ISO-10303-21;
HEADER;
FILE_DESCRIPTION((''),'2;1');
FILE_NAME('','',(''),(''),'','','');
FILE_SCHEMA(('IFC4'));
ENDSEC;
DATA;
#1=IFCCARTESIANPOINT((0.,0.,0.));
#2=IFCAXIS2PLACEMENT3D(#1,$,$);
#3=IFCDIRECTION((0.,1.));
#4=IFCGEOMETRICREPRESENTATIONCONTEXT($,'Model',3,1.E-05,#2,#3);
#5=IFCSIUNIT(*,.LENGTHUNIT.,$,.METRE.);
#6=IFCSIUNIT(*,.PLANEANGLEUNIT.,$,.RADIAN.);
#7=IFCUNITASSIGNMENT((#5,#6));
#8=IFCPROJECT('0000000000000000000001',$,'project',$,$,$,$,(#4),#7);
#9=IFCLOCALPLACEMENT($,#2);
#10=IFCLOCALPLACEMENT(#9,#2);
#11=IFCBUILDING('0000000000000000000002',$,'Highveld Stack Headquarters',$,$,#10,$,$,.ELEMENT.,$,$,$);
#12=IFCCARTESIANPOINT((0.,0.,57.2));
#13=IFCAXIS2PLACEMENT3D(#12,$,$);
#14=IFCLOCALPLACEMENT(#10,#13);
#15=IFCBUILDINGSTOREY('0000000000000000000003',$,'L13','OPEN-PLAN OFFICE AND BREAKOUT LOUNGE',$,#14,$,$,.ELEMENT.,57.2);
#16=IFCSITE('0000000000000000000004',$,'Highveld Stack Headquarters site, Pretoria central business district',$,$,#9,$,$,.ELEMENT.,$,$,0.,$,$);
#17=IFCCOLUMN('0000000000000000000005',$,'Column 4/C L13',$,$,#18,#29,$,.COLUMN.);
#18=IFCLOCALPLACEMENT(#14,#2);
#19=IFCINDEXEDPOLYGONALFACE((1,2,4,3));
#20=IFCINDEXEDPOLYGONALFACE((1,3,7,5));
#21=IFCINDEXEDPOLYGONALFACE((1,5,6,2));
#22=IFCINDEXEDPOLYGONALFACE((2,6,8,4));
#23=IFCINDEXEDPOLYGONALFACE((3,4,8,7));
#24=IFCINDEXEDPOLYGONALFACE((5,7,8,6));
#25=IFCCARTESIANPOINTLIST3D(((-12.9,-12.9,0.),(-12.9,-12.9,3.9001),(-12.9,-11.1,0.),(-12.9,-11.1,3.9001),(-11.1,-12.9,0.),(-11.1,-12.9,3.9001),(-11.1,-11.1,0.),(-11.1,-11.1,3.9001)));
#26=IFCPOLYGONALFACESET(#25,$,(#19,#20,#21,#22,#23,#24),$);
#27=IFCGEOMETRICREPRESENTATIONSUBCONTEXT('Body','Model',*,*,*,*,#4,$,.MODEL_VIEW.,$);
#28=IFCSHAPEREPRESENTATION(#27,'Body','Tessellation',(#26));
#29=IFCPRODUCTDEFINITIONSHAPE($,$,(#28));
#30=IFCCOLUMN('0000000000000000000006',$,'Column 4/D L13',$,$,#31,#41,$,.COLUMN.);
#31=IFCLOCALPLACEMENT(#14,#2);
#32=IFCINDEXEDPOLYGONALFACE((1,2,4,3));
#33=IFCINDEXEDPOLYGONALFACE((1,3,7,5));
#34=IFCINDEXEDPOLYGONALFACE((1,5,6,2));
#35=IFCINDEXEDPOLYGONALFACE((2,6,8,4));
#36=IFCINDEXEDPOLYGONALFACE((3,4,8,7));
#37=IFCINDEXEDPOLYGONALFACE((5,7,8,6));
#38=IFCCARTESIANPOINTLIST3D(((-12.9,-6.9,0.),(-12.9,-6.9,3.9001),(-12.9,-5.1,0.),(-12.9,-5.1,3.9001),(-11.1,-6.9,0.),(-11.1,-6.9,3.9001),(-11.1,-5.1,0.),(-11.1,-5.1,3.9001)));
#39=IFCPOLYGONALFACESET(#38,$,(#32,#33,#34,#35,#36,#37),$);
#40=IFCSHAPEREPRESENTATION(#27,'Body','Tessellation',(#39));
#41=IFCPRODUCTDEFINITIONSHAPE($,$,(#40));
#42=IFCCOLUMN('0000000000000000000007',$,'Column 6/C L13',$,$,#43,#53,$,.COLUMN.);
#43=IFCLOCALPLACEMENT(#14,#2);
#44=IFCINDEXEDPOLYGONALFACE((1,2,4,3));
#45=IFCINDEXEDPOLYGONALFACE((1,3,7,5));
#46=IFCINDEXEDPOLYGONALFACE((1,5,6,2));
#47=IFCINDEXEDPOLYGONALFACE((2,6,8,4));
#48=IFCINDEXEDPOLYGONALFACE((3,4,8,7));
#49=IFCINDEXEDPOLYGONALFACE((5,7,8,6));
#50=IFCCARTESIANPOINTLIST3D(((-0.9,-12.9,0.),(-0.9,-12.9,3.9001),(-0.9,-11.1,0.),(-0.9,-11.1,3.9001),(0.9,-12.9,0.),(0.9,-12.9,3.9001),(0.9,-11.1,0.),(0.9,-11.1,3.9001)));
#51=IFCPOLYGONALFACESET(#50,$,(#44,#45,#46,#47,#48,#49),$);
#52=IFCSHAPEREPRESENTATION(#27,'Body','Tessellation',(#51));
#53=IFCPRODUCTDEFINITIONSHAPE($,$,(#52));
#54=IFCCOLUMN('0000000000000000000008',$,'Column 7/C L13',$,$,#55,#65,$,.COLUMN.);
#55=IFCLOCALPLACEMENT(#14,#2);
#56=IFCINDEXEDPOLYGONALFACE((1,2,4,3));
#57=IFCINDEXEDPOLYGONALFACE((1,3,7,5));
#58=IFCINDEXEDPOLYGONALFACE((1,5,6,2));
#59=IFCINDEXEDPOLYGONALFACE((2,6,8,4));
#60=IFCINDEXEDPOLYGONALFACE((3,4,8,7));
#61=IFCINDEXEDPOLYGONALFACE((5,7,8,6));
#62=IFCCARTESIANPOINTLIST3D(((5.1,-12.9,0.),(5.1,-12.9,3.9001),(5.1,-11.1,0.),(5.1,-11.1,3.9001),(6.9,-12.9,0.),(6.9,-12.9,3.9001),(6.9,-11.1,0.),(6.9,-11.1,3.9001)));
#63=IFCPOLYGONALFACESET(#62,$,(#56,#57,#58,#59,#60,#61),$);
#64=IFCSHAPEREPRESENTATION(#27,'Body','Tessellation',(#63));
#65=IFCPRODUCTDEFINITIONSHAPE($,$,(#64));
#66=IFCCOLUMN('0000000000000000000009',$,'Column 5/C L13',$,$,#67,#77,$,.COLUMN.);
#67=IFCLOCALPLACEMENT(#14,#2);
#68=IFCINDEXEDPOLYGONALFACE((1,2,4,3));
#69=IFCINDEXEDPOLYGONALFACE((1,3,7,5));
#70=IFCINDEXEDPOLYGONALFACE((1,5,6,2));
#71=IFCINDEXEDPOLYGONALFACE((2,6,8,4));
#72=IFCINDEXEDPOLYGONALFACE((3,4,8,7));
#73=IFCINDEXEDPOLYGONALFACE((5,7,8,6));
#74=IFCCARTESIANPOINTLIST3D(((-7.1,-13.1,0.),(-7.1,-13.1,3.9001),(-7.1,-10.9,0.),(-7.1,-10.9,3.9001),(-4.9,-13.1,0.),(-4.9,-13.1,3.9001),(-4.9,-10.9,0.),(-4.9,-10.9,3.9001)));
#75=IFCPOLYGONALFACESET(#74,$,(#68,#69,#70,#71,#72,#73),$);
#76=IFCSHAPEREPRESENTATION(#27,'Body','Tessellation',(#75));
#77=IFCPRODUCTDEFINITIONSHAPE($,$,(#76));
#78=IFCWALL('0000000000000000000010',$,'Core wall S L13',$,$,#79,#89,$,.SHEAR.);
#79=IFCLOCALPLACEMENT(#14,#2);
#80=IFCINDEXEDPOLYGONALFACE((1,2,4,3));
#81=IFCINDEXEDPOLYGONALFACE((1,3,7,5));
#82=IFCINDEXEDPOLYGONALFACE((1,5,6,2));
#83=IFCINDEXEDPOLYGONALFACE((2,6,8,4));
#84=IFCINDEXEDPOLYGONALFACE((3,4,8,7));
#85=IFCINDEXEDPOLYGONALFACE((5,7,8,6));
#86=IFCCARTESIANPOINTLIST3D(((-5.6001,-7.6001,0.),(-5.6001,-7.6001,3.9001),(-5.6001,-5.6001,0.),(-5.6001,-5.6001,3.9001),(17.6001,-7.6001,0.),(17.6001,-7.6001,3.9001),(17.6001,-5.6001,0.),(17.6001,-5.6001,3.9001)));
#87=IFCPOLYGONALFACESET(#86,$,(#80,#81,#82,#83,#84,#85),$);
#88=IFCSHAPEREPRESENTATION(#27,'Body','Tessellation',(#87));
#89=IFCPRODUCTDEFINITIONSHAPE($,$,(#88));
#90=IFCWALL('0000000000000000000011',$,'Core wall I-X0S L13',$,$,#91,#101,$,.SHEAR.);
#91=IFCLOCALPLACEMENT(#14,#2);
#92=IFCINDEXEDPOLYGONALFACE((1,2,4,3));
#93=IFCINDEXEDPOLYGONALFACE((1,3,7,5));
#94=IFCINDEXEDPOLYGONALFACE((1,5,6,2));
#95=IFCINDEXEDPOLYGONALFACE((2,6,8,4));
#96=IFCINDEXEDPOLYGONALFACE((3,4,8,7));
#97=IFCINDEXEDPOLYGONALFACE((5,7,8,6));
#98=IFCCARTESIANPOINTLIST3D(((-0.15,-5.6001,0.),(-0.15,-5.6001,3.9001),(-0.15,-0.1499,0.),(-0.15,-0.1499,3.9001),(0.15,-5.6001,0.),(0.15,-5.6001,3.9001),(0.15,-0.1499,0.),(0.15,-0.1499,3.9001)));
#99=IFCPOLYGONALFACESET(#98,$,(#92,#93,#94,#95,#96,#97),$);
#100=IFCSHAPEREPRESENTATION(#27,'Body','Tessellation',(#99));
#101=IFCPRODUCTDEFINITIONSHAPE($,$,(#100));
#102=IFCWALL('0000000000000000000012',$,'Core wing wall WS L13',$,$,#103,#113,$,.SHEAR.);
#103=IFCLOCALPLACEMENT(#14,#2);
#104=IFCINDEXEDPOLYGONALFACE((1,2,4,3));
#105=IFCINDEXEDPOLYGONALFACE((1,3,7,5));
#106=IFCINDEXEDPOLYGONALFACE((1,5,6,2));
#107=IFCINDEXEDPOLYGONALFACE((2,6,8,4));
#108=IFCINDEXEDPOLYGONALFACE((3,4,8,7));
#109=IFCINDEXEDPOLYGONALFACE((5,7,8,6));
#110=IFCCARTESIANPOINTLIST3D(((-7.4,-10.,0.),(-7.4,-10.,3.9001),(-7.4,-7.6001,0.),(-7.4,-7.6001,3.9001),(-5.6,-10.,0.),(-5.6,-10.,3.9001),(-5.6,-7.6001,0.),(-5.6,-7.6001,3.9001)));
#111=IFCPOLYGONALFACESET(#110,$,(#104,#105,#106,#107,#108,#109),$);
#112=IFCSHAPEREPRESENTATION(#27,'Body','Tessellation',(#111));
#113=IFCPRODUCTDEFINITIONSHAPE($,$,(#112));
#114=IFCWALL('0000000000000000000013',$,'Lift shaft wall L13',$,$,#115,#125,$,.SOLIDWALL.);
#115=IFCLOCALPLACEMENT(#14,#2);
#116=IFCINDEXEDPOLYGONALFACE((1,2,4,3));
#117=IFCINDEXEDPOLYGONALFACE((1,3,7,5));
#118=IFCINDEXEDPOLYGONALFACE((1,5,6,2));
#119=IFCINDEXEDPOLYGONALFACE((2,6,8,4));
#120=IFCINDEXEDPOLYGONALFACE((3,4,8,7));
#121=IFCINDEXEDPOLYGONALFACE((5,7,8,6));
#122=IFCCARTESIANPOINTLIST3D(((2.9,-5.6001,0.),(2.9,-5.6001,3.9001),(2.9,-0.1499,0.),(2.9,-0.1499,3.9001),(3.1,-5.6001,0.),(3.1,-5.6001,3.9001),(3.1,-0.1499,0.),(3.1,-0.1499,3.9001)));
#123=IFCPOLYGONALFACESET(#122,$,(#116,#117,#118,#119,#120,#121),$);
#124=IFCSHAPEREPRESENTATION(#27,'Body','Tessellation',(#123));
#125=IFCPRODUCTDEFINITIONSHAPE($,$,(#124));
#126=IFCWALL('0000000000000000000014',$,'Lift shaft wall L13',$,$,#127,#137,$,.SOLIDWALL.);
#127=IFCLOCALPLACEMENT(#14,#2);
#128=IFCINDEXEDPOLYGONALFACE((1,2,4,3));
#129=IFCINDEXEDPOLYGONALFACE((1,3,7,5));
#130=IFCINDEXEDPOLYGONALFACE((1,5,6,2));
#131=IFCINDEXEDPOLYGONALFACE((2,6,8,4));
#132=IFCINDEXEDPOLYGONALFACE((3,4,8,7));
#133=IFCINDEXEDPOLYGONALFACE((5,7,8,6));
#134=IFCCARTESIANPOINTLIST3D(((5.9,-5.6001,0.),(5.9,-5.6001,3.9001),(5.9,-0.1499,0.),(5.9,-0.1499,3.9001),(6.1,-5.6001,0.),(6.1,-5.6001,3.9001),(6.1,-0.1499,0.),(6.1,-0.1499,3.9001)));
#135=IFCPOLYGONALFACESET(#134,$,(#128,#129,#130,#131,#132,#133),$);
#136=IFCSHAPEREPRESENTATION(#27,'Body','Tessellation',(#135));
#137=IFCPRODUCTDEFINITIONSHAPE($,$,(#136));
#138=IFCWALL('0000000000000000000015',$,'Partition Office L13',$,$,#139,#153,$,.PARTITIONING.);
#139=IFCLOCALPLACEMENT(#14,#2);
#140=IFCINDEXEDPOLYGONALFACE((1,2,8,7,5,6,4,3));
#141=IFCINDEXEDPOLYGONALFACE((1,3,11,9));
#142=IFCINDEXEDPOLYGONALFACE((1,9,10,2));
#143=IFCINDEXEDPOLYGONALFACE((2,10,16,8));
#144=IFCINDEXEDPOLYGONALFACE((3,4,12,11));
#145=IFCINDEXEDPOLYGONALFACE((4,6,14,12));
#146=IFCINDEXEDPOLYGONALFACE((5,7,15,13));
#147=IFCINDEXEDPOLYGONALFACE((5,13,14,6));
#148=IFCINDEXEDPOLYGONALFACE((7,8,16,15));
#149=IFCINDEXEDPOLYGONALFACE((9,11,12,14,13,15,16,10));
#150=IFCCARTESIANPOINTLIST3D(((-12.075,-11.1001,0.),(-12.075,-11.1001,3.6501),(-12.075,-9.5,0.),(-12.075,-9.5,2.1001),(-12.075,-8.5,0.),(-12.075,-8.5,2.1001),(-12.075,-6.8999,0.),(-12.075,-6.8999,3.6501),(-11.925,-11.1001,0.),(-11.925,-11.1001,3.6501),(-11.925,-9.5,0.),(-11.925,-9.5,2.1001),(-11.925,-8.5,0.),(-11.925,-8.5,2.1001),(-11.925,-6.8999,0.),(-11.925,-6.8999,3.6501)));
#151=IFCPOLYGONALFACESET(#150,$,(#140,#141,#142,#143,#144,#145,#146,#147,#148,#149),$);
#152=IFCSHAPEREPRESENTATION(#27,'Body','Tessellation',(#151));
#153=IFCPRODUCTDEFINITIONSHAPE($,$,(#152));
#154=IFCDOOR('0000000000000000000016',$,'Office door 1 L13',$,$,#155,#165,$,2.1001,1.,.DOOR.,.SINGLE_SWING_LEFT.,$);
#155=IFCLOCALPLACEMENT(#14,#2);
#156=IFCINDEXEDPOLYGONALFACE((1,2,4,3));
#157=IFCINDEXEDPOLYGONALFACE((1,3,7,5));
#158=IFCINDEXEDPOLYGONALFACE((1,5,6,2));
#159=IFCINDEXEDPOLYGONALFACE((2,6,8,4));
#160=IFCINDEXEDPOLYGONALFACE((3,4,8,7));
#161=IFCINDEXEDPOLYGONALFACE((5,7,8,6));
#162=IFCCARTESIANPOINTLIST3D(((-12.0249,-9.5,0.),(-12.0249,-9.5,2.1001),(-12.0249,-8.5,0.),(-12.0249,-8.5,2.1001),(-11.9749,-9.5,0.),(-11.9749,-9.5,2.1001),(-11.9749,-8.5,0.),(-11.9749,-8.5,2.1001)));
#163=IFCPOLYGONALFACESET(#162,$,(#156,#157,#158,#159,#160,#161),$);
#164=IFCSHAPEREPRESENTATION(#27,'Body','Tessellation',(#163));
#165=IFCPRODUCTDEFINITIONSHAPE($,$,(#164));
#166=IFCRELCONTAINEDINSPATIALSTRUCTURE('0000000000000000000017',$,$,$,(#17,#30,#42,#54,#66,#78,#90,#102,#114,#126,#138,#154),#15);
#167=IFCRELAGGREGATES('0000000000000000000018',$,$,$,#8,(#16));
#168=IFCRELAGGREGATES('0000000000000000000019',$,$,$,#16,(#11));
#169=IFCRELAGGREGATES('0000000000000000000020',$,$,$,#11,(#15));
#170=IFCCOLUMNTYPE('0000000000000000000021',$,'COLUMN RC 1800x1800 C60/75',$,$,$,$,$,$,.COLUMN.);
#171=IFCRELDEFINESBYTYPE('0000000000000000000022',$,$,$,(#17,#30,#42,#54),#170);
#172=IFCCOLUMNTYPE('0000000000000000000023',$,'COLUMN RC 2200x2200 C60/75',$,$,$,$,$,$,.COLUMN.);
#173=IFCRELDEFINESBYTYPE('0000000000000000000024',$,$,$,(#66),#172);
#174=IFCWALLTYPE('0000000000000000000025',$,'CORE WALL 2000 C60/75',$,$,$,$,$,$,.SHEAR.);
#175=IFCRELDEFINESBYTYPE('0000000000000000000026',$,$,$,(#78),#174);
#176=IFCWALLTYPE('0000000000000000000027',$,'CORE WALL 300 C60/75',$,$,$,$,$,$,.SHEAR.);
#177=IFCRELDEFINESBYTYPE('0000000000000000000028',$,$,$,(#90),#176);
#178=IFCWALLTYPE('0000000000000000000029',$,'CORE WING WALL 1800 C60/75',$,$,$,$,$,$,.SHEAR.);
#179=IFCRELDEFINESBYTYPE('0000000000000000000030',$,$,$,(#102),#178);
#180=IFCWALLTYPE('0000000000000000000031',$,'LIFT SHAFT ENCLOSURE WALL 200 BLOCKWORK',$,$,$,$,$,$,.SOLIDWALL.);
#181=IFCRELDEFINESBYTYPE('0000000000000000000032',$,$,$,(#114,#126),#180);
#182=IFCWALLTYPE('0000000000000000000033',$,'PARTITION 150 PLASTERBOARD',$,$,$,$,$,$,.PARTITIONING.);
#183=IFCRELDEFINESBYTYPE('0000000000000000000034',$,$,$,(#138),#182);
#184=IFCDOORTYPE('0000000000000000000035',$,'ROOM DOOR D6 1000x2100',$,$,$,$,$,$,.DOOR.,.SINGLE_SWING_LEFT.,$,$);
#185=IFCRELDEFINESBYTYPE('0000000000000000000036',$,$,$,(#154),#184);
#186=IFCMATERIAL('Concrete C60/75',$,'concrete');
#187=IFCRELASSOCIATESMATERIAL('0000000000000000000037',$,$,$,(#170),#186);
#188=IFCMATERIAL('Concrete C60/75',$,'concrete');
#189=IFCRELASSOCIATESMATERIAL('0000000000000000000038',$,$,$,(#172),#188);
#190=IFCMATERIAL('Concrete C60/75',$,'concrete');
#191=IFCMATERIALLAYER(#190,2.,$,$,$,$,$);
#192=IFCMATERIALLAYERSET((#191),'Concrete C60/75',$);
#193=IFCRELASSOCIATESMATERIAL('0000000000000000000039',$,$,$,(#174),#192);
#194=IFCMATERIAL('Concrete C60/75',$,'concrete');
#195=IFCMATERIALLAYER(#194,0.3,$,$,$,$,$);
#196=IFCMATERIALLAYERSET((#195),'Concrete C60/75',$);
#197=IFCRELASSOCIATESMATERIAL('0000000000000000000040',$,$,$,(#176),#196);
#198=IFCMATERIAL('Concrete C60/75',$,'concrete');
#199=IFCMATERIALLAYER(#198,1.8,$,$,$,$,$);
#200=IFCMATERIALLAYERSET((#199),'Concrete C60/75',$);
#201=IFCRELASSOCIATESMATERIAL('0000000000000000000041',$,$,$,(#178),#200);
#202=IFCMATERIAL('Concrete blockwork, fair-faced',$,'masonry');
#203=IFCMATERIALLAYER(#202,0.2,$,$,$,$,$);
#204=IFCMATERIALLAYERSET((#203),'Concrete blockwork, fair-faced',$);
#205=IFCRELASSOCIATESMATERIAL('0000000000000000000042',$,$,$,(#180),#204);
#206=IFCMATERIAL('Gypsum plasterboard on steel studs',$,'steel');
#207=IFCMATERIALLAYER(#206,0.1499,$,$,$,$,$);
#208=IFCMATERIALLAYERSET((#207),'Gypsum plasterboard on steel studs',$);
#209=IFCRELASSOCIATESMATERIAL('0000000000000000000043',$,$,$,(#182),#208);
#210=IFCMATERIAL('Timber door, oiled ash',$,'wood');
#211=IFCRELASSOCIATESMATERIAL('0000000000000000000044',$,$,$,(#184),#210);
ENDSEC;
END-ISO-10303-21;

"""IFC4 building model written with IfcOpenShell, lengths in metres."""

from ifc_helpers import new_model, si_unit, direction, frame, frame_2d, origin, origin_2d, place, context, subcontext, project, spatial, rectangle, extrude, material, layer, layer_set, material_profile, profile_set, type_object, element, fill, save


model = new_model("IFC4")

# Units and contexts
model_context = context("Model", 3, precision=1e-05, world=origin(), true_north=direction((0.0, 1.0)))
body_context = subcontext(model_context, "Body", "Model", "MODEL_VIEW")
ifc_project = project(units=[si_unit("LENGTHUNIT", "METRE"), si_unit("PLANEANGLEUNIT", "RADIAN")], contexts=[model_context])

# Site, building, storey
site_placement = place(None, origin())
site = spatial("IfcSite", under=ifc_project, at=site_placement, Name="Highveld Stack Headquarters site, Pretoria central business district", CompositionType="ELEMENT", RefElevation=0.0)
building_placement = place(site_placement, origin())
building = spatial("IfcBuilding", under=site, at=building_placement, Name="Highveld Stack Headquarters", CompositionType="ELEMENT")
storey_placement = place(building_placement, frame((0.0, 0.0, 57.2)))
storey = spatial("IfcBuildingStorey", under=building, at=storey_placement, Name="L13", Description="OPEN-PLAN OFFICE AND BREAKOUT LOUNGE", CompositionType="ELEMENT", Elevation=57.2)

# Columns
ifc_material_1 = material(Name="Concrete C60/75", Category="concrete")
ifc_material_profile_1 = material_profile(ifc_material_1, rectangle(XDim=1.8, YDim=1.8, at=origin_2d()), Name="RC 1800x1800")
ifc_profile_set_1 = profile_set([ifc_material_profile_1], Name="Concrete C60/75")
column_type_1 = type_object("IfcColumnType", Name="COLUMN RC 1800x1800 C60/75", PredefinedType="COLUMN", material=ifc_profile_set_1)
for number, where, z_axis, x_axis, name in (
    (1, (-12.0, -12.0, 0.0), (0.0, 0.0, 1.0), (1.0, 0.0, 0.0), "Column 4/C L13"),
    (2, (-12.0, -6.0, 0.0), (0.0, 0.0, 1.0), (1.0, 0.0, 0.0), "Column 4/D L13"),
    (3, (0.0, -12.0, 0.0), (0.0, 0.0, 1.0), (1.0, 0.0, 0.0), "Column 6/C L13"),
    (4, (6.0, -12.0, 0.0), (0.0, 0.0, 1.0), (1.0, 0.0, 0.0), "Column 7/C L13"),
):
    element("IfcColumn", number, at=place(storey_placement, frame(where, z_axis=z_axis, x_axis=x_axis)), inside=storey, type_object=column_type_1, Name=name, PredefinedType="COLUMN", context=body_context, shape_type="SweptSolid", body=[
        extrude(rectangle(XDim=1.8, YDim=1.8, at=origin_2d()), origin(), (0.0, 0.0, 1.0), 3.9001),
    ])
ifc_material_2 = material(Name="Concrete C60/75", Category="concrete")
ifc_material_profile_2 = material_profile(ifc_material_2, rectangle(XDim=2.2, YDim=2.2, at=origin_2d()), Name="RC 2200x2200")
ifc_profile_set_2 = profile_set([ifc_material_profile_2], Name="Concrete C60/75")
column_type_2 = type_object("IfcColumnType", Name="COLUMN RC 2200x2200 C60/75", PredefinedType="COLUMN", material=ifc_profile_set_2)
column_placement = place(storey_placement, frame((-6.0, -12.0, 0.0), z_axis=(0.0, 0.0, 1.0), x_axis=(1.0, 0.0, 0.0)))
element("IfcColumn", 5, at=column_placement, inside=storey, type_object=column_type_2, Name="Column 5/C L13", PredefinedType="COLUMN", context=body_context, shape_type="SweptSolid", body=[
    extrude(rectangle(XDim=2.2, YDim=2.2, at=origin_2d()), origin(), (0.0, 0.0, 1.0), 3.9001),
])

# Walls
ifc_material_3 = material(Name="Concrete C60/75", Category="concrete")
ifc_layer_1 = layer(ifc_material_3, 2.0)
ifc_layer_set_1 = layer_set([ifc_layer_1], Name="Concrete C60/75")
wall_type_1 = type_object("IfcWallType", Name="CORE WALL 2000 C60/75", PredefinedType="SHEAR", material=ifc_layer_set_1)
wall_1_placement = place(storey_placement, frame((-5.6001, -6.6001, 0.0), z_axis=(0.0, 0.0, 1.0), x_axis=(1.0, 0.0, 0.0)))
element("IfcWall", 6, at=wall_1_placement, inside=storey, type_object=wall_type_1, Name="Core wall S L13", PredefinedType="SHEAR", context=body_context, shape_type="SweptSolid", body=[
    extrude(rectangle(XDim=23.2002, YDim=2.0, at=frame_2d((11.6001, 0.0))), origin(), (0.0, 0.0, 1.0), 3.9001),
])
ifc_material_4 = material(Name="Concrete C60/75", Category="concrete")
ifc_layer_2 = layer(ifc_material_4, 0.3)
ifc_layer_set_2 = layer_set([ifc_layer_2], Name="Concrete C60/75")
wall_type_2 = type_object("IfcWallType", Name="CORE WALL 300 C60/75", PredefinedType="SHEAR", material=ifc_layer_set_2)
wall_2_placement = place(storey_placement, frame((0.0, -5.6001, 0.0), z_axis=(0.0, 0.0, 1.0), x_axis=(0.0, 1.0, 0.0)))
element("IfcWall", 7, at=wall_2_placement, inside=storey, type_object=wall_type_2, Name="Core wall I-X0S L13", PredefinedType="SHEAR", context=body_context, shape_type="SweptSolid", body=[
    extrude(rectangle(XDim=5.4502, YDim=0.3, at=frame_2d((2.7251, 0.0))), origin(), (0.0, 0.0, 1.0), 3.9001),
])
ifc_material_5 = material(Name="Concrete C60/75", Category="concrete")
ifc_layer_3 = layer(ifc_material_5, 1.8)
ifc_layer_set_3 = layer_set([ifc_layer_3], Name="Concrete C60/75")
wall_type_3 = type_object("IfcWallType", Name="CORE WING WALL 1800 C60/75", PredefinedType="SHEAR", material=ifc_layer_set_3)
wall_3_placement = place(storey_placement, frame((-6.5, -10.0, 0.0), z_axis=(0.0, 0.0, 1.0), x_axis=(0.0, 1.0, 0.0)))
element("IfcWall", 8, at=wall_3_placement, inside=storey, type_object=wall_type_3, Name="Core wing wall WS L13", PredefinedType="SHEAR", context=body_context, shape_type="SweptSolid", body=[
    extrude(rectangle(XDim=2.3999, YDim=1.8, at=frame_2d((1.2, 0.0))), origin(), (0.0, 0.0, 1.0), 3.9001),
])
ifc_material_6 = material(Name="Concrete blockwork, fair-faced", Category="masonry")
ifc_layer_4 = layer(ifc_material_6, 0.2)
ifc_layer_set_4 = layer_set([ifc_layer_4], Name="Concrete blockwork, fair-faced")
wall_type_4 = type_object("IfcWallType", Name="LIFT SHAFT ENCLOSURE WALL 200 BLOCKWORK", PredefinedType="SOLIDWALL", material=ifc_layer_set_4)
for number, where, z_axis, x_axis, name in (
    (9, (3.0, -5.6001, 0.0), (0.0, 0.0, 1.0), (0.0, 1.0, 0.0), "Lift shaft wall L13"),
    (10, (6.0, -5.6001, 0.0), (0.0, 0.0, 1.0), (0.0, 1.0, 0.0), "Lift shaft wall L13"),
):
    element("IfcWall", number, at=place(storey_placement, frame(where, z_axis=z_axis, x_axis=x_axis)), inside=storey, type_object=wall_type_4, Name=name, PredefinedType="SOLIDWALL", context=body_context, shape_type="SweptSolid", body=[
        extrude(rectangle(XDim=5.4502, YDim=0.2, at=frame_2d((2.7251, 0.0))), origin(), (0.0, 0.0, 1.0), 3.9001),
    ])

# Wall, opening, door
ifc_material_7 = material(Name="Gypsum plasterboard on steel studs", Category="steel")
ifc_layer_5 = layer(ifc_material_7, 0.1499)
ifc_layer_set_5 = layer_set([ifc_layer_5], Name="Gypsum plasterboard on steel studs")
wall_type_5 = type_object("IfcWallType", Name="PARTITION 150 PLASTERBOARD", PredefinedType="PARTITIONING", material=ifc_layer_set_5)
wall_4_placement = place(storey_placement, frame((-12.0, -11.1001, 0.0), z_axis=(0.0, 0.0, 1.0), x_axis=(0.0, 1.0, 0.0)))
wall_4 = element("IfcWall", 11, at=wall_4_placement, inside=storey, type_object=wall_type_5, Name="Partition Office L13", PredefinedType="PARTITIONING", context=body_context, shape_type="SweptSolid", body=[
    extrude(rectangle(XDim=4.2002, YDim=0.1499, at=frame_2d((2.1001, 0.0))), origin(), (0.0, 0.0, 1.0), 3.6501),
])
opening_1_placement = place(wall_4_placement, frame((1.6001, 0.0, 0.0)))
opening_1 = element("IfcOpeningElement", 12, at=opening_1_placement, cuts=wall_4, PredefinedType="OPENING", context=body_context, shape_type="SweptSolid", body=[
    extrude(rectangle(XDim=1.0, YDim=2.1001, at=frame_2d((0.5, 1.05))), frame((0.0, 0.085, 0.0), z_axis=(0.0, -1.0, 0.0), x_axis=(1.0, 0.0, 0.0)), (0.0, 0.0, 1.0), 0.1699),
])
ifc_material_8 = material(Name="Timber door, oiled ash", Category="wood")
door_type_1 = type_object("IfcDoorType", Name="ROOM DOOR D6 1000x2100", OperationType="SINGLE_SWING_LEFT", PredefinedType="DOOR", material=ifc_material_8)
door_1_placement = place(opening_1_placement, origin())
door_1 = element("IfcDoor", 13, at=door_1_placement, inside=storey, type_object=door_type_1, Name="Office door 1 L13", OperationType="SINGLE_SWING_LEFT", OverallHeight=2.1001, OverallWidth=1.0, PredefinedType="DOOR", context=body_context, shape_type="SweptSolid", body=[
    extrude(rectangle(XDim=1.0, YDim=2.1001, at=frame_2d((0.5, 1.05))), frame((0.0, 0.0249, 0.0), z_axis=(0.0, -1.0, 0.0), x_axis=(1.0, 0.0, 0.0)), (0.0, 0.0, 1.0), 0.05),
])
fill(opening_1, door_1)

save(model, "model.ifc")
